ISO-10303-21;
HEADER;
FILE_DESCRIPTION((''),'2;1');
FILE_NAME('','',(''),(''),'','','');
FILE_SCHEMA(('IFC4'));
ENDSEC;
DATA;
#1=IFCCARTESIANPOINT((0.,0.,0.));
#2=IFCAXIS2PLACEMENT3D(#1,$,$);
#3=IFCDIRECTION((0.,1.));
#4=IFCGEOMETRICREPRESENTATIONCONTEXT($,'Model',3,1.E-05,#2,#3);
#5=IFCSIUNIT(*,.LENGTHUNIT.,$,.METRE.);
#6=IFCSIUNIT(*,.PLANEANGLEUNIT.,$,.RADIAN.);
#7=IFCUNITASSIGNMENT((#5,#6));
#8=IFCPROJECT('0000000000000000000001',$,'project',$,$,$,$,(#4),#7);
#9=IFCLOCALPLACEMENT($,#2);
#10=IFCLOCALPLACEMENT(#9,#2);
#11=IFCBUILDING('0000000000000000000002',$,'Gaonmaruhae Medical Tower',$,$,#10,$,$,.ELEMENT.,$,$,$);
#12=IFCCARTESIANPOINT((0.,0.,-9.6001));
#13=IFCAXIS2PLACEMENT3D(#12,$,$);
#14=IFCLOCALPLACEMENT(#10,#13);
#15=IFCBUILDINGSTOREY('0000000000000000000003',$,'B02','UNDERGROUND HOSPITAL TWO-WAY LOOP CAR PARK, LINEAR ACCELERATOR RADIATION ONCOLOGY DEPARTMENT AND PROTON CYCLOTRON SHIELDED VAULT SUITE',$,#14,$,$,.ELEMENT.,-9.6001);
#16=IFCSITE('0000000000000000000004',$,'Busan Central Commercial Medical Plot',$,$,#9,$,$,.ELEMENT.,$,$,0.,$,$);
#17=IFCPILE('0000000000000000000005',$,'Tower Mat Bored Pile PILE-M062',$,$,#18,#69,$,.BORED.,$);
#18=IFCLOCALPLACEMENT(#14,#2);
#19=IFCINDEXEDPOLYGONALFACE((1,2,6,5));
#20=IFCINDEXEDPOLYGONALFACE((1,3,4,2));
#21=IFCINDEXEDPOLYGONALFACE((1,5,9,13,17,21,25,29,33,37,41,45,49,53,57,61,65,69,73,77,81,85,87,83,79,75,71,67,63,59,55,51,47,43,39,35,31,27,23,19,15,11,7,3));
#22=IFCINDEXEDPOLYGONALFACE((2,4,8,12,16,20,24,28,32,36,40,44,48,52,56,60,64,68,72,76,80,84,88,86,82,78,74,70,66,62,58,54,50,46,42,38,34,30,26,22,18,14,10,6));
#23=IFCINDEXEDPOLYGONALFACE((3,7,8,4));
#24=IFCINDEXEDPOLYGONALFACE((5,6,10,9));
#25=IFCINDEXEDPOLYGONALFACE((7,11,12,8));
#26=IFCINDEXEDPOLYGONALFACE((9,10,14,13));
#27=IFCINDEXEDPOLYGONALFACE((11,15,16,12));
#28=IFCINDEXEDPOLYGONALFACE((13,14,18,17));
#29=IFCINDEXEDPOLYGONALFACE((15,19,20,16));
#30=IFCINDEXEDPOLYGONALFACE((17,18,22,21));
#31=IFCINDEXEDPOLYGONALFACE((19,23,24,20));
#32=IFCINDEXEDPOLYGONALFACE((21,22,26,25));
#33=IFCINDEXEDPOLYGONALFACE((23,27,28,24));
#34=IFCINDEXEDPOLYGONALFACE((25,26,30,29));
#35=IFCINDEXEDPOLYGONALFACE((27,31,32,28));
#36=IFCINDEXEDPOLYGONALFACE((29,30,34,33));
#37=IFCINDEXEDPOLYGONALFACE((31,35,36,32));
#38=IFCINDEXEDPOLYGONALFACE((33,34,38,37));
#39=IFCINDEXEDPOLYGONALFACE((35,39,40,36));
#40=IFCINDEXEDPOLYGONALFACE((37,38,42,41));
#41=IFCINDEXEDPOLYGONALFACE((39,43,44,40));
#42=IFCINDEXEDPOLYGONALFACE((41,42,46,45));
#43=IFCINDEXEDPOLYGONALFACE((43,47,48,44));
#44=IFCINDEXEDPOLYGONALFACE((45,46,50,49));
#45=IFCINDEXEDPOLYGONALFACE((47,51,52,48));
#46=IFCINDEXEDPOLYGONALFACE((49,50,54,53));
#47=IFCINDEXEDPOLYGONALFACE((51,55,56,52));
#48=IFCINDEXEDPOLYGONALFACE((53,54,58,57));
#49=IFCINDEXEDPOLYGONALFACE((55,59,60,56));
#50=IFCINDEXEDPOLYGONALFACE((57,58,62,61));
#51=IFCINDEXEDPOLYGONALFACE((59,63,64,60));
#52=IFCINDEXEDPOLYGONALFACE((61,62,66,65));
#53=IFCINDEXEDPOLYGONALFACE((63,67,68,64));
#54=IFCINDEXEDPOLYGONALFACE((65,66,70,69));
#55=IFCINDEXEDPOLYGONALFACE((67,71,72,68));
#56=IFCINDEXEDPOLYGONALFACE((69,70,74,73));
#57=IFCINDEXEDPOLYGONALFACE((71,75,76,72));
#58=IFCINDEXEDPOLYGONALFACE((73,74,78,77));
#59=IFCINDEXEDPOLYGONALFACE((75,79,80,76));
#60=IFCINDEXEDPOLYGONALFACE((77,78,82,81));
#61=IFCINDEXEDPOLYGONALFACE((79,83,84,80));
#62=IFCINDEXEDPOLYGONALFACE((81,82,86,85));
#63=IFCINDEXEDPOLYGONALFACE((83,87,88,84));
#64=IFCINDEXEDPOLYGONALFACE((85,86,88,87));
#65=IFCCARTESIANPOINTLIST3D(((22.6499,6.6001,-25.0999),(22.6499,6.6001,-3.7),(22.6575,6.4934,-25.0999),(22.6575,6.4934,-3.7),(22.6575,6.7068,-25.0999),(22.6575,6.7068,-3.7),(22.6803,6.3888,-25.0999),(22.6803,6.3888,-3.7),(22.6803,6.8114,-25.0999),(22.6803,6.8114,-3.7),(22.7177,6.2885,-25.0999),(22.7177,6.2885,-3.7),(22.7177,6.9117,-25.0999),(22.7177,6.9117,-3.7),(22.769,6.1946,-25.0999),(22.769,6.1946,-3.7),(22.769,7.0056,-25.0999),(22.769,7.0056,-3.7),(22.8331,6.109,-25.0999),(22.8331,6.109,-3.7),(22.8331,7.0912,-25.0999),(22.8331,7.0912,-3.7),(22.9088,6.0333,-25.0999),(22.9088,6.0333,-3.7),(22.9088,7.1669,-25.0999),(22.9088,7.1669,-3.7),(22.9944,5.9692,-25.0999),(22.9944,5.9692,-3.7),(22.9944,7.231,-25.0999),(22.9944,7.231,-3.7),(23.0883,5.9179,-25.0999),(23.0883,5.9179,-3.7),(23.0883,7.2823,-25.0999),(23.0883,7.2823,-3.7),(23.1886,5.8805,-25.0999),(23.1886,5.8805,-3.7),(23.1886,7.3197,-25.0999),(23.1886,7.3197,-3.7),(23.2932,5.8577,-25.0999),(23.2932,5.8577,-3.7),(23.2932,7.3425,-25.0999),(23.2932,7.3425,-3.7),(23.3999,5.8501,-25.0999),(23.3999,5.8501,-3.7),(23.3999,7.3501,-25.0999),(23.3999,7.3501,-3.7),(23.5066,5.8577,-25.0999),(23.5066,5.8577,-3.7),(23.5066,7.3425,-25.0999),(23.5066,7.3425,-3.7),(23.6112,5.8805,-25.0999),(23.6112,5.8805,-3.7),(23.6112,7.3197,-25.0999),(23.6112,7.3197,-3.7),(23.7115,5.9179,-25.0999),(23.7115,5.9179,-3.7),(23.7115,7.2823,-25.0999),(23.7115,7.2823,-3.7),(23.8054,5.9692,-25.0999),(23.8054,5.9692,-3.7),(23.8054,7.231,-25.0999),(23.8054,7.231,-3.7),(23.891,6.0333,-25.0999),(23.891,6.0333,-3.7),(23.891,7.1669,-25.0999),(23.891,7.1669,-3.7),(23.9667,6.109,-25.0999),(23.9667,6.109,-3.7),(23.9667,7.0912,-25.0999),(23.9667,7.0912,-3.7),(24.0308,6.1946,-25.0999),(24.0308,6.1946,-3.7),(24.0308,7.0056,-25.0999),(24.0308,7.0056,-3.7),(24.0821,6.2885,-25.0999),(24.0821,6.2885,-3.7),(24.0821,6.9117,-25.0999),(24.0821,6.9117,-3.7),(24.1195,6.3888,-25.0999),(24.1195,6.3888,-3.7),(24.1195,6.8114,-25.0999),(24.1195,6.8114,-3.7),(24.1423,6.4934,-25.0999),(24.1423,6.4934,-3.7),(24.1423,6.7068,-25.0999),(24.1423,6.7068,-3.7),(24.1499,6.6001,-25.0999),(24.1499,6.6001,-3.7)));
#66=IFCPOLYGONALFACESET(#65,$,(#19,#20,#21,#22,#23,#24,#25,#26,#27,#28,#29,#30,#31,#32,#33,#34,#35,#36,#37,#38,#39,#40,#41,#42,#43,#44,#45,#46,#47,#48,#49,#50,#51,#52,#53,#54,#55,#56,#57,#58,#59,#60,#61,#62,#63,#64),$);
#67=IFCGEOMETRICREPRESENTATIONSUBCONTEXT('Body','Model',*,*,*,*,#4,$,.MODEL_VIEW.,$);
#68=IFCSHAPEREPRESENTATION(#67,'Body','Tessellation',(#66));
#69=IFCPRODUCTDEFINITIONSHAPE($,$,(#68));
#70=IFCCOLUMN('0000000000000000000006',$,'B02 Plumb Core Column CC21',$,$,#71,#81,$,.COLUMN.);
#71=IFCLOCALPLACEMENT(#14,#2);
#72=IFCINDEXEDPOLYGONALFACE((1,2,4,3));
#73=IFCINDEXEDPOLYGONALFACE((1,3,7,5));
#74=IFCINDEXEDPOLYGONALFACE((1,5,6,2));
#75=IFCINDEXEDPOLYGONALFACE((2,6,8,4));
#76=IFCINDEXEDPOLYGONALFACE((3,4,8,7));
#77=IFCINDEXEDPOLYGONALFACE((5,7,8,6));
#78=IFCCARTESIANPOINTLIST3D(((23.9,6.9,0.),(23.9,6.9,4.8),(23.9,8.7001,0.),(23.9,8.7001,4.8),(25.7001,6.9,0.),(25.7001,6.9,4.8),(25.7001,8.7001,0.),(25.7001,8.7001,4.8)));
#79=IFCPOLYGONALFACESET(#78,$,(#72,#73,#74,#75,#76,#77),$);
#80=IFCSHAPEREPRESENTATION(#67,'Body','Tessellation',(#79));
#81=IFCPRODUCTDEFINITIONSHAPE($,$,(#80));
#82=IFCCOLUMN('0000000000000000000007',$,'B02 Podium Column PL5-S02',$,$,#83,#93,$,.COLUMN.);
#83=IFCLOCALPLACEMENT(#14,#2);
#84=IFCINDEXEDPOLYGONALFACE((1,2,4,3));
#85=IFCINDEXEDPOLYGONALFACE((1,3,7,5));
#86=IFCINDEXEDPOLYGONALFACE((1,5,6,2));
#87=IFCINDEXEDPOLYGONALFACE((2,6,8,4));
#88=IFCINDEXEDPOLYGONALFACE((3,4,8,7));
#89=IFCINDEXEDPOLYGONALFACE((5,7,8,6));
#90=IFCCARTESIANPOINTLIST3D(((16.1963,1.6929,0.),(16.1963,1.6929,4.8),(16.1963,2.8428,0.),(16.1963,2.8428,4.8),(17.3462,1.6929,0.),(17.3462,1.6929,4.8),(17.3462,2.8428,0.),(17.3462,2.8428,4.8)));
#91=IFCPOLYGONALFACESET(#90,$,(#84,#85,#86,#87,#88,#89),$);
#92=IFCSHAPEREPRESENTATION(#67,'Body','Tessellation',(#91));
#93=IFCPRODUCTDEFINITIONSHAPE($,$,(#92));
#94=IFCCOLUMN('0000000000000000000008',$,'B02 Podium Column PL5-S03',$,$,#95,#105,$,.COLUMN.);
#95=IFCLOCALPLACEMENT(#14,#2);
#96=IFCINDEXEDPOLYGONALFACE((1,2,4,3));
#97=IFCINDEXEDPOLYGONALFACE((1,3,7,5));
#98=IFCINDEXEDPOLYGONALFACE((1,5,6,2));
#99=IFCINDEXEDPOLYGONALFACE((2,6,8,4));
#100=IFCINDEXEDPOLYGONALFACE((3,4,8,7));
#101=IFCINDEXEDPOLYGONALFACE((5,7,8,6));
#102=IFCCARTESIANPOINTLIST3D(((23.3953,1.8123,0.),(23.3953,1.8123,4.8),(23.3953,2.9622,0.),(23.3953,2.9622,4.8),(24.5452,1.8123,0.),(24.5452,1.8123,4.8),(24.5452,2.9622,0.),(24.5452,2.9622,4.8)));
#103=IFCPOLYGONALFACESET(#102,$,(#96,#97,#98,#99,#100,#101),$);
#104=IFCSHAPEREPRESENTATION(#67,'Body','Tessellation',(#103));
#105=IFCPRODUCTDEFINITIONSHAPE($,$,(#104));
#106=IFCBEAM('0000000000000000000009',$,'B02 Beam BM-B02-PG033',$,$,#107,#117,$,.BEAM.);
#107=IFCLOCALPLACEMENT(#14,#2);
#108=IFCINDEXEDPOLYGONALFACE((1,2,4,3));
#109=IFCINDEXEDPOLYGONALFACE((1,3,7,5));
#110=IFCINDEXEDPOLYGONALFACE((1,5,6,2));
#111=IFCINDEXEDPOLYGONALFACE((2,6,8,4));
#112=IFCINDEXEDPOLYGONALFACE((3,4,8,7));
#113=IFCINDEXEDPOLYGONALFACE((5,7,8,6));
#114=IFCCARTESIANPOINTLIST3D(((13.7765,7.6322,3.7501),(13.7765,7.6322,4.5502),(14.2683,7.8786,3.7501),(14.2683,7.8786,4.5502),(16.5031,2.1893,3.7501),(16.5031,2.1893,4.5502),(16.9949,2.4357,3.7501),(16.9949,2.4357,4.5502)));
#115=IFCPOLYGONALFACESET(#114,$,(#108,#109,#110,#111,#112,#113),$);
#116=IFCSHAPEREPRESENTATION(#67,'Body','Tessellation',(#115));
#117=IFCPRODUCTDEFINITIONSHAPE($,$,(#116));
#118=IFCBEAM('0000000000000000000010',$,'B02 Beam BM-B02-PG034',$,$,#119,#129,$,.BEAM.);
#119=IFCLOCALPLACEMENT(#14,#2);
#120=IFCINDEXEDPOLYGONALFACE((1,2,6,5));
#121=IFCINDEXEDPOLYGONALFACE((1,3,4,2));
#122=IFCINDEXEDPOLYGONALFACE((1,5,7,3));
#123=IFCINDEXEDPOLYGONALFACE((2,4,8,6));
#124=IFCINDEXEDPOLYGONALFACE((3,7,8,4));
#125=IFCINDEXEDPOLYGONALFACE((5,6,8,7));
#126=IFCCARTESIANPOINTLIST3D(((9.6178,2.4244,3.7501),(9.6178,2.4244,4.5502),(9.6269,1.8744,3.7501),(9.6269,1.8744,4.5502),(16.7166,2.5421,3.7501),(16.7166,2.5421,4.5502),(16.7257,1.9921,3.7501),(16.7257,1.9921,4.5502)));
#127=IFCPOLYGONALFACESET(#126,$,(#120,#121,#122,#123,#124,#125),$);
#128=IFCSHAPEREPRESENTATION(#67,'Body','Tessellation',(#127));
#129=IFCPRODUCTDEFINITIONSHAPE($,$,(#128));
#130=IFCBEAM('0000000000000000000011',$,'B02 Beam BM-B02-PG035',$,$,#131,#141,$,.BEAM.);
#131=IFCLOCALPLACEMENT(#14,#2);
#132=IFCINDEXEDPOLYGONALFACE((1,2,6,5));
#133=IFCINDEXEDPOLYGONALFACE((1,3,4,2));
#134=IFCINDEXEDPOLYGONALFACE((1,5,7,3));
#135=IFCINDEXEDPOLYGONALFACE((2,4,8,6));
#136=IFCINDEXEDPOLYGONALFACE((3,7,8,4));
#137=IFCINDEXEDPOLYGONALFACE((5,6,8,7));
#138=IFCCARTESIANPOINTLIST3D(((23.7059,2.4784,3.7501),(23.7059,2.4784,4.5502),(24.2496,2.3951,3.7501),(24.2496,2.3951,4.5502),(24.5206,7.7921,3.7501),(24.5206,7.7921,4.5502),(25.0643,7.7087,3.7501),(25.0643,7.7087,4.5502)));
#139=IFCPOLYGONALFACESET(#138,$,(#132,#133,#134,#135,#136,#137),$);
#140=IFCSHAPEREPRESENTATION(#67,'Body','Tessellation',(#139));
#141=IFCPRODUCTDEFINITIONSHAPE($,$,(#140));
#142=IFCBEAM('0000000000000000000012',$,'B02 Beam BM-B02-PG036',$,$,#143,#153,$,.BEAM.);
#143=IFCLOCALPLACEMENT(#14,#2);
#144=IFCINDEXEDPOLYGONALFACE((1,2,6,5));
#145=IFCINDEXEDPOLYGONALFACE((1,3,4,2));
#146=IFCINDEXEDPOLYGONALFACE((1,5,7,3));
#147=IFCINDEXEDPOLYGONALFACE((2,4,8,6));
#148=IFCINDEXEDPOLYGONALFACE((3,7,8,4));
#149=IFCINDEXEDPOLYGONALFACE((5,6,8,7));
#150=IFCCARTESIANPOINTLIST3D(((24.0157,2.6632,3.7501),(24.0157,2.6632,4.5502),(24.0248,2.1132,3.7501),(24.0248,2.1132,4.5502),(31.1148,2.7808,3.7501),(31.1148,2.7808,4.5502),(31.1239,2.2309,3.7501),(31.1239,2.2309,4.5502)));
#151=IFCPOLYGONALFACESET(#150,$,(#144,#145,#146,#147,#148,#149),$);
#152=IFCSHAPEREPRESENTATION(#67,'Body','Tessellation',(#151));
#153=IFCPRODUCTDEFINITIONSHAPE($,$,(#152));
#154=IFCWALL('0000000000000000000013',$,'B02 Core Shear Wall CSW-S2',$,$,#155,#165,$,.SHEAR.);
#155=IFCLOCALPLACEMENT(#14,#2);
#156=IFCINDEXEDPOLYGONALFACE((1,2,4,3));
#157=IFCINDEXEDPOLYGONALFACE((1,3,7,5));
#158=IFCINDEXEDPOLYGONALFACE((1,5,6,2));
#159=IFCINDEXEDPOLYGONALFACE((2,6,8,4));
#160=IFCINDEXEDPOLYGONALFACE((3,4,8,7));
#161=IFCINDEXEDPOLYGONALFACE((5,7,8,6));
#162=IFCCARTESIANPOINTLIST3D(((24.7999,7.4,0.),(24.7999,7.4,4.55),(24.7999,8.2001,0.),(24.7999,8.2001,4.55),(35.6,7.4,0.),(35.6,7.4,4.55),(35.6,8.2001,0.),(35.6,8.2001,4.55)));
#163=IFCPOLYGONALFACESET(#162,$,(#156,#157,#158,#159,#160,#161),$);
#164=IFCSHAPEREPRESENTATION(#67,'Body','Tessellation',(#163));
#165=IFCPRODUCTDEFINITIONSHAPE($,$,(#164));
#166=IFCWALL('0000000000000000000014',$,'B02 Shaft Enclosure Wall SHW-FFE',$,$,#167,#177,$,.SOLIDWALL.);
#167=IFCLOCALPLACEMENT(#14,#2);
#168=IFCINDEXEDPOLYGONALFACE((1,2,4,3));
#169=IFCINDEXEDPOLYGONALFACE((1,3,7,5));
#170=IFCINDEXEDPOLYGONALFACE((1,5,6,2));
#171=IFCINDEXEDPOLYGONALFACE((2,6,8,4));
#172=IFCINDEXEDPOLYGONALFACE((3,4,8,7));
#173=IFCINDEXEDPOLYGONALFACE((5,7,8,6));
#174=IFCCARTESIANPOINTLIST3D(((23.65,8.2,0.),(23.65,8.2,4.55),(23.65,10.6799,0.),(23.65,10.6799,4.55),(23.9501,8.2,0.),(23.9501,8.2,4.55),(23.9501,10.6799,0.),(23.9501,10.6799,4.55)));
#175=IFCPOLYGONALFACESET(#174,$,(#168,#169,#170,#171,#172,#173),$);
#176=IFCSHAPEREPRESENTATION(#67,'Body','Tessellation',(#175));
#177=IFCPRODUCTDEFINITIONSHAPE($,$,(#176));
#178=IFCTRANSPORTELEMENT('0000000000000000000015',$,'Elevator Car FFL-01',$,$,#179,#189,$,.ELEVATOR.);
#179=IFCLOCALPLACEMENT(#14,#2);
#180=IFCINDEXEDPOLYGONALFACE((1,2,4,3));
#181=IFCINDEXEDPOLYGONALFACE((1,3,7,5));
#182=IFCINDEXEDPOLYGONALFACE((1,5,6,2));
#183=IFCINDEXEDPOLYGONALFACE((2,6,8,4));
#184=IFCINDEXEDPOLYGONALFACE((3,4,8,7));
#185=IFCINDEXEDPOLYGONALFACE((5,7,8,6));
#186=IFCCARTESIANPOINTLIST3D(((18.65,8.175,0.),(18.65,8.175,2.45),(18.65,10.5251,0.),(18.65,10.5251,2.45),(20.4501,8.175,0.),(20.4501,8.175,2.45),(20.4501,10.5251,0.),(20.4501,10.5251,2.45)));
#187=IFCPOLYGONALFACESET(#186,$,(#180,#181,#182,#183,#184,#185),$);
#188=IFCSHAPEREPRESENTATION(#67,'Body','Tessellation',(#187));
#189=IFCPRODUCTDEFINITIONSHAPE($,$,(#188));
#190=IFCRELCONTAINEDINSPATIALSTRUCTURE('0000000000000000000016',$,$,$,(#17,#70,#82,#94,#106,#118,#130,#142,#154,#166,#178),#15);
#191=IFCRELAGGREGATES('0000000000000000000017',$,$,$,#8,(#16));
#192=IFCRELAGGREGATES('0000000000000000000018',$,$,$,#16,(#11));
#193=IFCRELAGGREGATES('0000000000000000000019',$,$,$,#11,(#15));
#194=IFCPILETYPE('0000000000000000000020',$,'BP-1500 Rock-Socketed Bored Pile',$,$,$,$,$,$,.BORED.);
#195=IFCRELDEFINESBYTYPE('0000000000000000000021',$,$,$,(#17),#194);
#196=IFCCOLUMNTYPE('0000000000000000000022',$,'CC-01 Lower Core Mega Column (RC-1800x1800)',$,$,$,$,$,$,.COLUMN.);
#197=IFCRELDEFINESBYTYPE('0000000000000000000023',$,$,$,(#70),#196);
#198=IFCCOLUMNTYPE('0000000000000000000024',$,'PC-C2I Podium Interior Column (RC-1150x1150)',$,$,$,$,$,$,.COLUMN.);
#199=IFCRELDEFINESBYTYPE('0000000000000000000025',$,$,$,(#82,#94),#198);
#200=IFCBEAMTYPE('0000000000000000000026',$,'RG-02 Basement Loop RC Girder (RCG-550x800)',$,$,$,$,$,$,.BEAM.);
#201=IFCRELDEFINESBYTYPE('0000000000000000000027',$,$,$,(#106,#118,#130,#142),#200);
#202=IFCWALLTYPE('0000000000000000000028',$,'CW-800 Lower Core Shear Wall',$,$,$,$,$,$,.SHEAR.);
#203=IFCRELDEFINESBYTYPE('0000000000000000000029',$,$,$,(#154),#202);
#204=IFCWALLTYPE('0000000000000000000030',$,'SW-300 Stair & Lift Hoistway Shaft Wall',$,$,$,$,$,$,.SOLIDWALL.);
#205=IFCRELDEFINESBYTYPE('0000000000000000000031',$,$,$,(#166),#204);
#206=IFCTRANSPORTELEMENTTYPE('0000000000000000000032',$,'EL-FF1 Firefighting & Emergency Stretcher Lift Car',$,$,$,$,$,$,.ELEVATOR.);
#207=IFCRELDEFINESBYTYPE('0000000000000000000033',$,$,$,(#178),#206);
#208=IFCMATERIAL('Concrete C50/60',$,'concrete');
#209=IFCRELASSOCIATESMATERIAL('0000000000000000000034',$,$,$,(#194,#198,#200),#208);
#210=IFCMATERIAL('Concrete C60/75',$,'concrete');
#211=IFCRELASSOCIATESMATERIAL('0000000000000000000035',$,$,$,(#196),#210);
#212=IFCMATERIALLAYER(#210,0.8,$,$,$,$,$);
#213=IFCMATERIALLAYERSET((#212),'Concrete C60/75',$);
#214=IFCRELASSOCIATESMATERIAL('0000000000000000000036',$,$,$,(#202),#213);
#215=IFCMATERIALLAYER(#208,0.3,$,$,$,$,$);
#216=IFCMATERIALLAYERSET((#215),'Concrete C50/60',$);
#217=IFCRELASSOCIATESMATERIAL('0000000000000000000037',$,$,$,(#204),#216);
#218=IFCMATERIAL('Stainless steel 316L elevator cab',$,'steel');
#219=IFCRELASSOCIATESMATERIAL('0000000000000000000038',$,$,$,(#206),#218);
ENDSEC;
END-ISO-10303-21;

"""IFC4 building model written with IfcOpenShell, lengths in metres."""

from ifc_helpers import new_model, si_unit, direction, frame, frame_2d, origin, origin_2d, place, context, subcontext, project, spatial, rectangle, circle, extrude, material, layer, layer_set, material_profile, profile_set, type_object, element, save


model = new_model("IFC4")

# Units and contexts
model_context = context("Model", 3, precision=1e-05, world=origin(), true_north=direction((0.0, 1.0)))
body_context = subcontext(model_context, "Body", "Model", "MODEL_VIEW")
ifc_project = project(units=[si_unit("LENGTHUNIT", "METRE"), si_unit("PLANEANGLEUNIT", "RADIAN")], contexts=[model_context])

# Site, building, storey
site_placement = place(None, origin())
site = spatial("IfcSite", under=ifc_project, at=site_placement, Name="Busan Central Commercial Medical Plot", CompositionType="ELEMENT", RefElevation=0.0)
building_placement = place(site_placement, origin())
building = spatial("IfcBuilding", under=site, at=building_placement, Name="Gaonmaruhae Medical Tower", CompositionType="ELEMENT")
storey_placement = place(building_placement, frame((0.0, 0.0, -9.6001)))
storey = spatial("IfcBuildingStorey", under=building, at=storey_placement, Name="B02", Description="UNDERGROUND HOSPITAL TWO-WAY LOOP CAR PARK, LINEAR ACCELERATOR RADIATION ONCOLOGY DEPARTMENT AND PROTON CYCLOTRON SHIELDED VAULT SUITE", CompositionType="ELEMENT", Elevation=-9.6001)

# Pile
ifc_material_1 = material(Name="Concrete C50/60", Category="concrete")
ifc_material_profile_1 = material_profile(ifc_material_1, circle(Radius=0.75, at=origin_2d()), Name="PILE-D1500")
ifc_profile_set_1 = profile_set([ifc_material_profile_1], Name="Concrete C50/60")
pile_type = type_object("IfcPileType", Name="BP-1500 Rock-Socketed Bored Pile", PredefinedType="BORED", material=ifc_profile_set_1)
for number, where, z_axis, x_axis, name in (
    (1, (23.3999, 6.6001, -3.7), (0.0, 0.0, -1.0), (1.0, 0.0, 0.0), "Tower Mat Bored Pile PILE-M062"),
):
    element("IfcPile", number, at=place(storey_placement, frame(where, z_axis=z_axis, x_axis=x_axis)), inside=storey, type_object=pile_type, Name=name, PredefinedType="BORED", context=body_context, shape_type="SweptSolid", body=[
        extrude(circle(Radius=0.75, at=origin_2d()), origin(), (0.0, 0.0, 1.0), 21.3999),
    ])

# Columns
ifc_material_2 = material(Name="Concrete C60/75", Category="concrete")
ifc_material_profile_2 = material_profile(ifc_material_2, rectangle(XDim=1.8, YDim=1.8, at=origin_2d()), Name="RC-1800x1800")
ifc_profile_set_2 = profile_set([ifc_material_profile_2], Name="Concrete C60/75")
column_type_1 = type_object("IfcColumnType", Name="CC-01 Lower Core Mega Column (RC-1800x1800)", PredefinedType="COLUMN", material=ifc_profile_set_2)
column_placement = place(storey_placement, frame((24.8, 7.8, 0.0), z_axis=(0.0, 0.0, 1.0), x_axis=(1.0, 0.0, 0.0)))
element("IfcColumn", 2, at=column_placement, inside=storey, type_object=column_type_1, Name="B02 Plumb Core Column CC21", PredefinedType="COLUMN", context=body_context, shape_type="SweptSolid", body=[
    extrude(rectangle(XDim=1.8, YDim=1.8, at=origin_2d()), origin(), (0.0, 0.0, 1.0), 4.8),
])
ifc_material_profile_3 = material_profile(ifc_material_1, rectangle(XDim=1.1499, YDim=1.1499, at=origin_2d()), Name="RC-1150x1150")
ifc_profile_set_3 = profile_set([ifc_material_profile_3], Name="Concrete C50/60")
column_type_2 = type_object("IfcColumnType", Name="PC-C2I Podium Interior Column (RC-1150x1150)", PredefinedType="COLUMN", material=ifc_profile_set_3)
for number, where, z_axis, x_axis, name in (
    (3, (16.7712, 2.2678, 0.0), (0.0, 0.0, 1.0), (1.0, 0.0, 0.0), "B02 Podium Column PL5-S02"),
    (4, (23.9702, 2.3872, 0.0), (0.0, 0.0, 1.0), (1.0, 0.0, 0.0), "B02 Podium Column PL5-S03"),
):
    element("IfcColumn", number, at=place(storey_placement, frame(where, z_axis=z_axis, x_axis=x_axis)), inside=storey, type_object=column_type_2, Name=name, PredefinedType="COLUMN", context=body_context, shape_type="SweptSolid", body=[
        extrude(rectangle(XDim=1.1499, YDim=1.1499, at=origin_2d()), origin(), (0.0, 0.0, 1.0), 4.8),
    ])

# Beams
ifc_material_profile_4 = material_profile(ifc_material_1, rectangle(XDim=0.55, YDim=0.8, at=origin_2d()), Name="RCG-550x800")
ifc_profile_set_4 = profile_set([ifc_material_profile_4], Name="Concrete C50/60")
beam_type = type_object("IfcBeamType", Name="RG-02 Basement Loop RC Girder (RCG-550x800)", PredefinedType="BEAM", material=ifc_profile_set_4)
beam_1_placement = place(storey_placement, frame((16.749, 2.3125, 4.1501), z_axis=(-0.447887, 0.89409, 0.0), x_axis=(-0.89409, -0.447887, 0.0)))
element("IfcBeam", 5, at=beam_1_placement, inside=storey, type_object=beam_type, Name="B02 Beam BM-B02-PG033", PredefinedType="BEAM", context=body_context, shape_type="SweptSolid", body=[
    extrude(rectangle(XDim=0.55, YDim=0.8, at=origin_2d()), origin(), (0.0, 0.0, 1.0), 6.0876),
])
beam_2_placement = place(storey_placement, frame((16.7212, 2.2671, 4.1501), z_axis=(-0.999863, -0.016574, 0.0), x_axis=(0.016574, -0.999863, 0.0)))
element("IfcBeam", 6, at=beam_2_placement, inside=storey, type_object=beam_type, Name="B02 Beam BM-B02-PG034", PredefinedType="BEAM", context=body_context, shape_type="SweptSolid", body=[
    extrude(rectangle(XDim=0.55, YDim=0.8, at=origin_2d()), origin(), (0.0, 0.0, 1.0), 7.0999),
])
beam_3_placement = place(storey_placement, frame((23.9778, 2.4368, 4.1501), z_axis=(0.151549, 0.98845, 0.0), x_axis=(-0.98845, 0.151549, 0.0)))
element("IfcBeam", 7, at=beam_3_placement, inside=storey, type_object=beam_type, Name="B02 Beam BM-B02-PG035", PredefinedType="BEAM", context=body_context, shape_type="SweptSolid", body=[
    extrude(rectangle(XDim=0.55, YDim=0.8, at=origin_2d()), origin(), (0.0, 0.0, 1.0), 5.3757),
])
beam_4_placement = place(storey_placement, frame((24.0203, 2.3882, 4.1501), z_axis=(0.999863, 0.016574, 0.0), x_axis=(-0.016574, 0.999863, 0.0)))
element("IfcBeam", 8, at=beam_4_placement, inside=storey, type_object=beam_type, Name="B02 Beam BM-B02-PG036", PredefinedType="BEAM", context=body_context, shape_type="SweptSolid", body=[
    extrude(rectangle(XDim=0.55, YDim=0.8, at=origin_2d()), origin(), (0.0, 0.0, 1.0), 7.1001),
])

# Walls
ifc_layer_1 = layer(ifc_material_2, 0.8)
ifc_layer_set_1 = layer_set([ifc_layer_1], Name="Concrete C60/75")
wall_type_1 = type_object("IfcWallType", Name="CW-800 Lower Core Shear Wall", PredefinedType="SHEAR", material=ifc_layer_set_1)
wall_1_placement = place(storey_placement, frame((24.8, 7.8, 0.0), z_axis=(0.0, 0.0, 1.0), x_axis=(1.0, 0.0, 0.0)))
element("IfcWall", 9, at=wall_1_placement, inside=storey, type_object=wall_type_1, Name="B02 Core Shear Wall CSW-S2", PredefinedType="SHEAR", context=body_context, shape_type="SweptSolid", body=[
    extrude(rectangle(XDim=10.8, YDim=0.8, at=frame_2d((5.3999, 0.0))), origin(), (0.0, 0.0, 1.0), 4.55),
])
ifc_layer_2 = layer(ifc_material_1, 0.3)
ifc_layer_set_2 = layer_set([ifc_layer_2], Name="Concrete C50/60")
wall_type_2 = type_object("IfcWallType", Name="SW-300 Stair & Lift Hoistway Shaft Wall", PredefinedType="SOLIDWALL", material=ifc_layer_set_2)
wall_2_placement = place(storey_placement, frame((23.8, 8.2, 0.0), z_axis=(0.0, 0.0, 1.0), x_axis=(0.0, 1.0, 0.0)))
element("IfcWall", 10, at=wall_2_placement, inside=storey, type_object=wall_type_2, Name="B02 Shaft Enclosure Wall SHW-FFE", PredefinedType="SOLIDWALL", context=body_context, shape_type="SweptSolid", body=[
    extrude(rectangle(XDim=2.48, YDim=0.3, at=frame_2d((1.24, 0.0))), origin(), (0.0, 0.0, 1.0), 4.55),
])

# Transport element
ifc_material_3 = material(Name="Stainless steel 316L elevator cab", Category="steel")
transport_element_type = type_object("IfcTransportElementType", Name="EL-FF1 Firefighting & Emergency Stretcher Lift Car", PredefinedType="ELEVATOR", material=ifc_material_3)
for number, where, z_axis, x_axis, name in (
    (11, (19.55, 9.3501, 0.0), (0.0, 0.0, 1.0), (1.0, 0.0, 0.0), "Elevator Car FFL-01"),
):
    element("IfcTransportElement", number, at=place(storey_placement, frame(where, z_axis=z_axis, x_axis=x_axis)), inside=storey, type_object=transport_element_type, Name=name, PredefinedType="ELEVATOR", context=body_context, shape_type="SweptSolid", body=[
        extrude(rectangle(XDim=1.8, YDim=2.3501, at=origin_2d()), origin(), (0.0, 0.0, 1.0), 2.45),
    ])

save(model, "model.ifc")
